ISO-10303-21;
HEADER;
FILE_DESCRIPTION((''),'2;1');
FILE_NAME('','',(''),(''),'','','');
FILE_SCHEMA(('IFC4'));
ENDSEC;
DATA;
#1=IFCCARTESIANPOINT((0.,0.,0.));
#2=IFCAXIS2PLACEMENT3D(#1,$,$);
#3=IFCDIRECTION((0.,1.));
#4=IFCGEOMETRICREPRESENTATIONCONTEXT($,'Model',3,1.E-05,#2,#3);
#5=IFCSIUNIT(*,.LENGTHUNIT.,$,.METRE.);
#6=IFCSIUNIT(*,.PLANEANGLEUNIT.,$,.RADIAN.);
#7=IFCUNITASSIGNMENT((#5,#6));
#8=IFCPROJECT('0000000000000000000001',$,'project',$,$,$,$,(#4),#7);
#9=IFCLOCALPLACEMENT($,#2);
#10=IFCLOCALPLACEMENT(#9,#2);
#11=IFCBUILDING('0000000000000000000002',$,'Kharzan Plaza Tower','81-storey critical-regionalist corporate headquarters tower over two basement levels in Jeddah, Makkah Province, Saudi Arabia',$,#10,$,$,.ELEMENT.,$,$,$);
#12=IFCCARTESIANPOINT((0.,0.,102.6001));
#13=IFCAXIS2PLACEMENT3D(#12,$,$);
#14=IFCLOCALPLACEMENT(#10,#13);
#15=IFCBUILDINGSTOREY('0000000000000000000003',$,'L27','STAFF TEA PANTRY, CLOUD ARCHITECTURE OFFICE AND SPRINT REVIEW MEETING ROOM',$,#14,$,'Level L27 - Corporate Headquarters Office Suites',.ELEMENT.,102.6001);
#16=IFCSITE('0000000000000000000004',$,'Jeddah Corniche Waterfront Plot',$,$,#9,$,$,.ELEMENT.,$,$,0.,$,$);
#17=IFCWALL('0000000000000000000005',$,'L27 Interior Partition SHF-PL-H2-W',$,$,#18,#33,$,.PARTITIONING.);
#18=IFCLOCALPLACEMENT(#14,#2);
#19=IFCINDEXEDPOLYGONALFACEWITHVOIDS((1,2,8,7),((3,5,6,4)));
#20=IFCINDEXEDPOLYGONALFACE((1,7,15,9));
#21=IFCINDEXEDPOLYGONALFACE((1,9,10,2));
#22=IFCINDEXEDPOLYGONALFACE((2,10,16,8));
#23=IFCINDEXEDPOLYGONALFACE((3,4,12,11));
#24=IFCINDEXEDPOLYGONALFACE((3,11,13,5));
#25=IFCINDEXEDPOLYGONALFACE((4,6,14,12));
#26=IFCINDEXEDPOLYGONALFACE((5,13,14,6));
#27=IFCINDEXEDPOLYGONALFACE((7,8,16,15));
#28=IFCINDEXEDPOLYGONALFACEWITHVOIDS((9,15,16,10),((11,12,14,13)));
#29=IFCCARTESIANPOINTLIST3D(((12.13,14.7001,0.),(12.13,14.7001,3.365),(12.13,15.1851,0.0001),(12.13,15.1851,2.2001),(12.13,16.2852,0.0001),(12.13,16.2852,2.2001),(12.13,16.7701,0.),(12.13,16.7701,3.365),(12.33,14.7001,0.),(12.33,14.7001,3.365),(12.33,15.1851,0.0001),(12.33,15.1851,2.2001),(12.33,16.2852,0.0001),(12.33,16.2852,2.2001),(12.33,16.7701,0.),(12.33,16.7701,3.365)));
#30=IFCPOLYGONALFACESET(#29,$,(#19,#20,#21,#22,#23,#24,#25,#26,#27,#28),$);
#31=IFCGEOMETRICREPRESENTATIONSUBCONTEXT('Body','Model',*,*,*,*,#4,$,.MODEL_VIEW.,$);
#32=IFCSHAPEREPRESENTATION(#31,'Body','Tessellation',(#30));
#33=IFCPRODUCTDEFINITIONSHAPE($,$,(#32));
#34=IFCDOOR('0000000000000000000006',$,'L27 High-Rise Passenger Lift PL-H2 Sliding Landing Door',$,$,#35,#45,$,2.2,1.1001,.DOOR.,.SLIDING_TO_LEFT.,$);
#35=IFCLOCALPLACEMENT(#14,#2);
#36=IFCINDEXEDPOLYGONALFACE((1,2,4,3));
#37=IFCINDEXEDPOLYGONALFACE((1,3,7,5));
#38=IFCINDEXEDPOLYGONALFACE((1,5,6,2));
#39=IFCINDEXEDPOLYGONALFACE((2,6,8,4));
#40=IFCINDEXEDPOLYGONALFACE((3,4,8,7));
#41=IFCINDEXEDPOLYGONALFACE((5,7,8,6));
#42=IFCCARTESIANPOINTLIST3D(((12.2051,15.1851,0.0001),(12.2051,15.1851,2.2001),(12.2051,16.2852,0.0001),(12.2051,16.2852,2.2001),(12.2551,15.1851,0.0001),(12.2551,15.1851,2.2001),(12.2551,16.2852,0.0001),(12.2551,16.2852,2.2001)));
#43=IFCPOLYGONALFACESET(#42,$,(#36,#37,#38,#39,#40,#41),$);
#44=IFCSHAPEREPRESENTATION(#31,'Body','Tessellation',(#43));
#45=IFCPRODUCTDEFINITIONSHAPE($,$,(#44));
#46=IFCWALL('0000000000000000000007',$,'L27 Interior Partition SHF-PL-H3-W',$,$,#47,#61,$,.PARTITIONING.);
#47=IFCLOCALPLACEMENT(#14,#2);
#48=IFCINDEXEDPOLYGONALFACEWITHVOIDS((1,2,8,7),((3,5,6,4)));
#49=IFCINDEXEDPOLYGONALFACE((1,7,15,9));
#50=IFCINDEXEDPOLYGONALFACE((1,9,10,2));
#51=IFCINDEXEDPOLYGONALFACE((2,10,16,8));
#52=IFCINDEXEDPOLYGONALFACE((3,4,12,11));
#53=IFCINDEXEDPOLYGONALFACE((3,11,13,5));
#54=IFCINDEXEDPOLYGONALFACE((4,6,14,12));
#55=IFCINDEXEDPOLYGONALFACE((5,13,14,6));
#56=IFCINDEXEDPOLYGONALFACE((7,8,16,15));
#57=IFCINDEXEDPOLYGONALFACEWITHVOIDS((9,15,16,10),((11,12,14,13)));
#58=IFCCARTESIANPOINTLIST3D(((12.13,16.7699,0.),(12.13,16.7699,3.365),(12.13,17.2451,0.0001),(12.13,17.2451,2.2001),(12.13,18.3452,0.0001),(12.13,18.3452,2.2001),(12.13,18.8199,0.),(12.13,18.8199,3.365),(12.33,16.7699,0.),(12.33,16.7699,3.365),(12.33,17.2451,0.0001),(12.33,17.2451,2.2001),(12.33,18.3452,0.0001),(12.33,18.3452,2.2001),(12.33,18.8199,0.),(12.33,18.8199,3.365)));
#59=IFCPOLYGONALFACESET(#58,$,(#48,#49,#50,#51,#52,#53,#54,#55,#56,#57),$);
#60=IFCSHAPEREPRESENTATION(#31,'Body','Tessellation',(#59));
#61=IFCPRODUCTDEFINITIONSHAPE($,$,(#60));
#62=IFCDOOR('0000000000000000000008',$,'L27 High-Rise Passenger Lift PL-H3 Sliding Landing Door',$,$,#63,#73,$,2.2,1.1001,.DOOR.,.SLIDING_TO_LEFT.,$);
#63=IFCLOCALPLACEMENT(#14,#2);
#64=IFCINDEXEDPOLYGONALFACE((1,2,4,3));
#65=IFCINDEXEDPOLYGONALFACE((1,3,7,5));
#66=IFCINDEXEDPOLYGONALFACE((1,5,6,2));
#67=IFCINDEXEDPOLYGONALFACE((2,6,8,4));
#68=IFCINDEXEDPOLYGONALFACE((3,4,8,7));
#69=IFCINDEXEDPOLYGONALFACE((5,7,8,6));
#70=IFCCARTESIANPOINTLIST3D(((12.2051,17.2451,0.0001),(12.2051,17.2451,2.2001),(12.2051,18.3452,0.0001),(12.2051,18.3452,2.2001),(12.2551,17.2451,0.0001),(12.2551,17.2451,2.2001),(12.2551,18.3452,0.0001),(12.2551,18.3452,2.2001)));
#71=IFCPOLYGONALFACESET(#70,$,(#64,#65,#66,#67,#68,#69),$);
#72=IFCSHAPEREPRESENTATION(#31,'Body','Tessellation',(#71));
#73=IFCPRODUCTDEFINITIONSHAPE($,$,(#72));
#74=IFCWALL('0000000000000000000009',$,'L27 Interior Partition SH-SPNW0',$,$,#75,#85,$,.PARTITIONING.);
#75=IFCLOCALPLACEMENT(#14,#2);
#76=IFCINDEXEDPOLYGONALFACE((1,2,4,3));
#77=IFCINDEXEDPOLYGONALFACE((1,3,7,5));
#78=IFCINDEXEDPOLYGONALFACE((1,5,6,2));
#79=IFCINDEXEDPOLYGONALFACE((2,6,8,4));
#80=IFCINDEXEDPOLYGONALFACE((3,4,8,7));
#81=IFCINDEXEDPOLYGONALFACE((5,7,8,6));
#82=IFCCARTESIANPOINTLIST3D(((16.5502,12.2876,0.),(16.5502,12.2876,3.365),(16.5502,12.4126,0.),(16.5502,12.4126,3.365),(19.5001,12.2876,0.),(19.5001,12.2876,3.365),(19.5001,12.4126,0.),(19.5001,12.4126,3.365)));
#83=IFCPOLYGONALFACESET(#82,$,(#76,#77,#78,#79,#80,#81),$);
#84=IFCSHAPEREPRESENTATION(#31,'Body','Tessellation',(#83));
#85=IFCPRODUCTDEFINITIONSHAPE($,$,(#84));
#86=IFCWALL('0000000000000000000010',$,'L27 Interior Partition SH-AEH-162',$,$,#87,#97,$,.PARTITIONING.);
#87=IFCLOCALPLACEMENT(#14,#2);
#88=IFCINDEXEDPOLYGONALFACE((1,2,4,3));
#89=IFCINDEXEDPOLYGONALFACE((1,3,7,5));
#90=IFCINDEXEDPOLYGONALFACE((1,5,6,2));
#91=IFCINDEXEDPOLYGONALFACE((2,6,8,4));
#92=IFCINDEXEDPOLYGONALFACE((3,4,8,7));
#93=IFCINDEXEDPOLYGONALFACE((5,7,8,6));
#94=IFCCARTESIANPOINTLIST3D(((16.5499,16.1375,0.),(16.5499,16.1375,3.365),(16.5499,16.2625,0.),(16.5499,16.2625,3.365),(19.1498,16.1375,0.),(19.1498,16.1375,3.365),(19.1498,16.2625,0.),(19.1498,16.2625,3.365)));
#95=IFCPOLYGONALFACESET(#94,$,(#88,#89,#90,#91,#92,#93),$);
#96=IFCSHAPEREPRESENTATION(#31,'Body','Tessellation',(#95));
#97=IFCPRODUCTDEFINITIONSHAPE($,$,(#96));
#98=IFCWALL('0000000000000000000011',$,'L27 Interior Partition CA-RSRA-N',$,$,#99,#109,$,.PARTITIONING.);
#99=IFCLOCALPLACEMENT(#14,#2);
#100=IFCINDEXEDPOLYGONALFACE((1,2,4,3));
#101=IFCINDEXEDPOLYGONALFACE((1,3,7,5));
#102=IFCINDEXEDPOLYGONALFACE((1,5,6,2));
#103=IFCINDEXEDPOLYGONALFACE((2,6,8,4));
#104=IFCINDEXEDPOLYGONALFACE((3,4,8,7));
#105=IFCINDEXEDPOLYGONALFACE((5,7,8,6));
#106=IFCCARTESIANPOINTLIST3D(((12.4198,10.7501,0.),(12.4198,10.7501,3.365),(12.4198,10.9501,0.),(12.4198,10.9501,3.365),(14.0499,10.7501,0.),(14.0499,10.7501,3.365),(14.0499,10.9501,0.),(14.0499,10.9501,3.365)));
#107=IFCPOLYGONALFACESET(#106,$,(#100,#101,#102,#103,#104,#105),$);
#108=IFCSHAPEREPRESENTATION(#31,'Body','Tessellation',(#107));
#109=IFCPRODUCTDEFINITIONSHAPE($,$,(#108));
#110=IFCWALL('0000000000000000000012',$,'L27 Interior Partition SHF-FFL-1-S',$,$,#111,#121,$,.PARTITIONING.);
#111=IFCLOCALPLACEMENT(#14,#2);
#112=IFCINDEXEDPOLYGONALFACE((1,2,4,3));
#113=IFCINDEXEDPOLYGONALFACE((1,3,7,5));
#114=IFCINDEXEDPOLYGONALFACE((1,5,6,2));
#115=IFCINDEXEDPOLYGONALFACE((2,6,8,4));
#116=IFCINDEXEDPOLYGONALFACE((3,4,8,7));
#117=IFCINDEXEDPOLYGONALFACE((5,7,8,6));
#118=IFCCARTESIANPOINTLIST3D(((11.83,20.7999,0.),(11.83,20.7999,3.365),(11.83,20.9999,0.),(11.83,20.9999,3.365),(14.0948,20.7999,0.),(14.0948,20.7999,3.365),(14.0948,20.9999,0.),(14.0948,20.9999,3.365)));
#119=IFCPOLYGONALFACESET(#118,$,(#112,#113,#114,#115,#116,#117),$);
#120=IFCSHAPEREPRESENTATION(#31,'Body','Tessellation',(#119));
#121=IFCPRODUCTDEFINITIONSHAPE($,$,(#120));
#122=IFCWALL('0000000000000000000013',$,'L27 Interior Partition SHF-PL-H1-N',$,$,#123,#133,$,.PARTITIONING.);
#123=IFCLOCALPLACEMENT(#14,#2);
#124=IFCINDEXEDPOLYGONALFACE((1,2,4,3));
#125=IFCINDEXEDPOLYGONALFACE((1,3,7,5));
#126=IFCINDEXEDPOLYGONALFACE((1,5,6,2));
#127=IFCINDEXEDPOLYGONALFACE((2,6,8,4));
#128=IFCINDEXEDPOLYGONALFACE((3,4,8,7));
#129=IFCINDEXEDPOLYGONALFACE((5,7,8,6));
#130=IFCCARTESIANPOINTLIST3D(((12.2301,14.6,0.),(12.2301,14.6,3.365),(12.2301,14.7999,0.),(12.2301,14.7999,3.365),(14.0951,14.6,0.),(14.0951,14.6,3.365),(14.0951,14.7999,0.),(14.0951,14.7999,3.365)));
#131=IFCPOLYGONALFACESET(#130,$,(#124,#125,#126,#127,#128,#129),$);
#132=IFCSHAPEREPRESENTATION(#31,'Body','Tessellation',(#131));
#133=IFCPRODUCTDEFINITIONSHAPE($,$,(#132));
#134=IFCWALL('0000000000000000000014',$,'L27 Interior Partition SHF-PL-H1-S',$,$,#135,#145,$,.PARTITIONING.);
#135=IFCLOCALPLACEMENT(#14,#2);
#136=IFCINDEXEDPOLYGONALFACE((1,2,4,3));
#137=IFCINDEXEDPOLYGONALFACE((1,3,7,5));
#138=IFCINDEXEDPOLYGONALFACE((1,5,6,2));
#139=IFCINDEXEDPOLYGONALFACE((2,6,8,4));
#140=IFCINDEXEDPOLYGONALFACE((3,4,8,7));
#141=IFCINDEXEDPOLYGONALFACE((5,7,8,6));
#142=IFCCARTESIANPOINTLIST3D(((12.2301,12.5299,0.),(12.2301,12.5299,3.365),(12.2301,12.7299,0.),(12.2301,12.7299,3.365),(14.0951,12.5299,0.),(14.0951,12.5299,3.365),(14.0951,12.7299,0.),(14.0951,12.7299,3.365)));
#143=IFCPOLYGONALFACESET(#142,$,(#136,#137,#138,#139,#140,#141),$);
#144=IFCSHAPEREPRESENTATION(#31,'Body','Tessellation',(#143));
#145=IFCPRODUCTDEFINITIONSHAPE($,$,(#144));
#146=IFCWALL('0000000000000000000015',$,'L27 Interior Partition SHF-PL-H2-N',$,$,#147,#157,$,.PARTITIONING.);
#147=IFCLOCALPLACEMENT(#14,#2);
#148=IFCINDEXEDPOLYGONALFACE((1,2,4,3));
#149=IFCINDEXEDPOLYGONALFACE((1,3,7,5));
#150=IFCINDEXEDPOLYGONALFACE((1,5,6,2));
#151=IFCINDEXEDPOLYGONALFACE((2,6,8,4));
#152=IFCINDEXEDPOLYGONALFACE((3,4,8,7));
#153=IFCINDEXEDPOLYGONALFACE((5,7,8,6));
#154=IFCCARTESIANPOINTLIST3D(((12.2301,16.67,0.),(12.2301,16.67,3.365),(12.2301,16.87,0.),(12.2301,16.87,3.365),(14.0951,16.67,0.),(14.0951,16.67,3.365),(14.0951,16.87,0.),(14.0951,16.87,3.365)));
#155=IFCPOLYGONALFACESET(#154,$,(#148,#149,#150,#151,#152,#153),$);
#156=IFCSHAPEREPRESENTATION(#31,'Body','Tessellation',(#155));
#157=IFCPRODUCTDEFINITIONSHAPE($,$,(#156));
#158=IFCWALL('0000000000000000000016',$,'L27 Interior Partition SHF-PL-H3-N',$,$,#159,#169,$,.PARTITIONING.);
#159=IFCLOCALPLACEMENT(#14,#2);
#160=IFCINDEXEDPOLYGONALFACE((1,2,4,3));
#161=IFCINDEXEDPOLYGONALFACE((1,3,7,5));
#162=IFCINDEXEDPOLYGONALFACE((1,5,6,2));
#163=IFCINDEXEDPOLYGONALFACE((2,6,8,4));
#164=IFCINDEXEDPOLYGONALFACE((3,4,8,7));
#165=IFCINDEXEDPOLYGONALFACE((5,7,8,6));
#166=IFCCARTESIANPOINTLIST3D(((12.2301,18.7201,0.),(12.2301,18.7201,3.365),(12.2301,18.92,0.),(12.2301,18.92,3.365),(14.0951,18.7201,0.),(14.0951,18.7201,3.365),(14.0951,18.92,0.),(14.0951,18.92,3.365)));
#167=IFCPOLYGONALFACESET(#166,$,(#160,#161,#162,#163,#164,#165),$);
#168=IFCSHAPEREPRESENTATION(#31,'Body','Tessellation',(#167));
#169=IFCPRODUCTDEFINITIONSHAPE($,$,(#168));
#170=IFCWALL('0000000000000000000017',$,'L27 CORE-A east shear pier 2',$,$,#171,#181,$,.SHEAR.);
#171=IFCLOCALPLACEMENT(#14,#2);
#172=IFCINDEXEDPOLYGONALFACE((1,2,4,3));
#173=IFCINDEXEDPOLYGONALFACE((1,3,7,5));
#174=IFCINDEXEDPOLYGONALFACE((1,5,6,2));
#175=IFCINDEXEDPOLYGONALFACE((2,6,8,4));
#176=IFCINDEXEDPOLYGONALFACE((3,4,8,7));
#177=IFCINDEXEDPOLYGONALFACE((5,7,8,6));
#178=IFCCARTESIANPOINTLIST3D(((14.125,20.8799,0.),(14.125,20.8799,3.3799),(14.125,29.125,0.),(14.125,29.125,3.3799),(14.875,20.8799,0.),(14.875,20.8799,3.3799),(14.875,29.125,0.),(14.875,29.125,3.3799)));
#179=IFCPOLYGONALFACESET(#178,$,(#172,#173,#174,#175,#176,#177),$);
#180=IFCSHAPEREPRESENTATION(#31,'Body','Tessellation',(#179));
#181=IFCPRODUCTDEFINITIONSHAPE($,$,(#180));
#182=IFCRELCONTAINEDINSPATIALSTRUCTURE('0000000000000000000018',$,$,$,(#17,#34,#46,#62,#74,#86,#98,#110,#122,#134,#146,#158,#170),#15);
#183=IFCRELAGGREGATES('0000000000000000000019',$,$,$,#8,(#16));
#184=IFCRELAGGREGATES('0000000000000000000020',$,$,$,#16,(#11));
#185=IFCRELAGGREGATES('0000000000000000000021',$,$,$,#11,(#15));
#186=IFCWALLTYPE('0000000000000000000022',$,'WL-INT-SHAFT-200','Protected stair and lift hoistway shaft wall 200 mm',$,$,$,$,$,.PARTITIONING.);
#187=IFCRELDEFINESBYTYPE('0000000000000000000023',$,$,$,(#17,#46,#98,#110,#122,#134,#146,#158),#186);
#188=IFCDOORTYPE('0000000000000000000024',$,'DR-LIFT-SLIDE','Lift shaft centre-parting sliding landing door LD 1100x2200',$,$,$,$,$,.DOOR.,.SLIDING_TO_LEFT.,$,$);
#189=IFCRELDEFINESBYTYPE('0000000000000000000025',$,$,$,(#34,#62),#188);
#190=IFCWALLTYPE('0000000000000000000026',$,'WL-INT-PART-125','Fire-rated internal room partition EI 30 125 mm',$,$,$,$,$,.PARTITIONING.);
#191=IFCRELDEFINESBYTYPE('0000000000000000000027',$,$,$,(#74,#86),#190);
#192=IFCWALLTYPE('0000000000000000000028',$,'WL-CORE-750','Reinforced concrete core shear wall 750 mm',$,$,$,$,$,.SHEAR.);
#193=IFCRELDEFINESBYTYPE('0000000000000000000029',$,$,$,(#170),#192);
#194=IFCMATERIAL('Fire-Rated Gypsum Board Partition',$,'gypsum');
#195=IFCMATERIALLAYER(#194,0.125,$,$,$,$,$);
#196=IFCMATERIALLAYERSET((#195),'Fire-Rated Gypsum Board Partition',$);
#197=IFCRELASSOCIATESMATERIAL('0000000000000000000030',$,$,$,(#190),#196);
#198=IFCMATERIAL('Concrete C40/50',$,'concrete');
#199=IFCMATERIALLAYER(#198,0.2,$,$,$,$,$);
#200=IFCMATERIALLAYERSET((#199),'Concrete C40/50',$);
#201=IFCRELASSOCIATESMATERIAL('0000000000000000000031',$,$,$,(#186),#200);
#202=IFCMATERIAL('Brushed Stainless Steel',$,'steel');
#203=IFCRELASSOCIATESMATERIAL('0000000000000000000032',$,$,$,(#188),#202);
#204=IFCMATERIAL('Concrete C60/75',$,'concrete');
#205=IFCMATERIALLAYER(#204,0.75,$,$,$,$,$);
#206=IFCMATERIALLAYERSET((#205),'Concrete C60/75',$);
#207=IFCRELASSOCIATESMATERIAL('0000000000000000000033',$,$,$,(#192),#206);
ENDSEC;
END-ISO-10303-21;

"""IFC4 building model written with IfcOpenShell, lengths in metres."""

from ifc_helpers import new_model, si_unit, direction, frame, frame_2d, origin, place, context, subcontext, project, spatial, rectangle, extrude, source, transform, mapped, material, layer, layer_set, type_object, element, fill, save


model = new_model("IFC4")

# Units and contexts
model_context = context("Model", 3, precision=1e-05, world=origin(), true_north=direction((0.0, 1.0)))
body_context = subcontext(model_context, "Body", "Model", "MODEL_VIEW")
ifc_project = project(units=[si_unit("LENGTHUNIT", "METRE"), si_unit("PLANEANGLEUNIT", "RADIAN")], contexts=[model_context])

# Site, building, storey
site_placement = place(None, origin())
site = spatial("IfcSite", under=ifc_project, at=site_placement, Name="Jeddah Corniche Waterfront Plot", CompositionType="ELEMENT", RefElevation=0.0)
building_placement = place(site_placement, origin())
building = spatial("IfcBuilding", under=site, at=building_placement, Name="Kharzan Plaza Tower", Description="81-storey critical-regionalist corporate headquarters tower over two basement levels in Jeddah, Makkah Province, Saudi Arabia", CompositionType="ELEMENT")
storey_placement = place(building_placement, frame((0.0, 0.0, 102.6001)))
storey = spatial("IfcBuildingStorey", under=building, at=storey_placement, Name="L27", Description="STAFF TEA PANTRY, CLOUD ARCHITECTURE OFFICE AND SPRINT REVIEW MEETING ROOM", LongName="Level L27 - Corporate Headquarters Office Suites", CompositionType="ELEMENT", Elevation=102.6001)

# Shared definitions
ifc_material_1 = material(Name="Concrete C60/75", Category="concrete")

# Walls, openings, doors
ifc_material_2 = material(Name="Fire-Rated Gypsum Board Partition", Category="gypsum")
ifc_layer_1 = layer(ifc_material_2, 0.125)
ifc_layer_set_1 = layer_set([ifc_layer_1], Name="Fire-Rated Gypsum Board Partition")
wall_type_1 = type_object("IfcWallType", Name="WL-INT-PART-125", Description="Fire-rated internal room partition EI 30 125 mm", PredefinedType="PARTITIONING", material=ifc_layer_set_1)
ifc_material_3 = material(Name="Concrete C40/50", Category="concrete")
ifc_layer_2 = layer(ifc_material_3, 0.2)
ifc_layer_set_2 = layer_set([ifc_layer_2], Name="Concrete C40/50")
wall_type_2 = type_object("IfcWallType", Name="WL-INT-SHAFT-200", Description="Protected stair and lift hoistway shaft wall 200 mm", PredefinedType="PARTITIONING", material=ifc_layer_set_2)
ifc_material_4 = material(Name="Brushed Stainless Steel", Category="steel")
door_type_1 = type_object("IfcDoorType", Name="DR-LIFT-SLIDE", Description="Lift shaft centre-parting sliding landing door LD 1100x2200", OperationType="SLIDING_TO_LEFT", PredefinedType="DOOR", material=ifc_material_4)
shared_shape_1 = source(origin(), body_context, "Body", "SweptSolid", [
    extrude(rectangle(XDim=1.1001, YDim=2.2, at=frame_2d((0.55, 1.1001))), frame((0.0, 0.0249, 0.0), z_axis=(0.0, -1.0, 0.0), x_axis=(1.0, 0.0, 0.0)), (0.0, 0.0, 1.0), 0.05),
])
wall_1_placement = place(storey_placement, frame((12.23, 14.7, 0.0), z_axis=(0.0, 0.0, 1.0), x_axis=(0.0, 1.0, 0.0)))
wall_1 = element("IfcWall", 1, at=wall_1_placement, inside=storey, type_object=wall_type_2, Name="L27 Interior Partition SHF-PL-H2-W", PredefinedType="PARTITIONING", context=body_context, shape_type="SweptSolid", body=[
    extrude(rectangle(XDim=2.0701, YDim=0.2, at=frame_2d((1.0352, 0.0))), origin(), (0.0, 0.0, 1.0), 3.365),
])
opening_1_placement = place(wall_1_placement, frame((0.4851, 0.0, 0.0)))
opening_1 = element("IfcOpeningElement", 2, at=opening_1_placement, cuts=wall_1, PredefinedType="OPENING", context=body_context, shape_type="SweptSolid", body=[
    extrude(rectangle(XDim=1.1001, YDim=2.2, at=frame_2d((0.55, 1.1001))), frame((0.0, 0.1099, 0.0), z_axis=(0.0, -1.0, 0.0), x_axis=(1.0, 0.0, 0.0)), (0.0, 0.0, 1.0), 0.22),
])
door_1_placement = place(opening_1_placement, origin())
door_1 = element("IfcDoor", 3, at=door_1_placement, inside=storey, type_object=door_type_1, Name="L27 High-Rise Passenger Lift PL-H2 Sliding Landing Door", OperationType="SLIDING_TO_LEFT", OverallHeight=2.2, OverallWidth=1.1001, PredefinedType="DOOR", context=body_context, shape_type="MappedRepresentation", body=[
    mapped(shared_shape_1, transform((0.0, 0.0, 0.0), x_axis=(1.0, 0.0, 0.0), y_axis=(0.0, 1.0, 0.0), z_axis=(0.0, 0.0, 1.0))),
])
fill(opening_1, door_1)
wall_2_placement = place(storey_placement, frame((12.23, 16.77, 0.0), z_axis=(0.0, 0.0, 1.0), x_axis=(0.0, 1.0, 0.0)))
wall_2 = element("IfcWall", 4, at=wall_2_placement, inside=storey, type_object=wall_type_2, Name="L27 Interior Partition SHF-PL-H3-W", PredefinedType="PARTITIONING", context=body_context, shape_type="SweptSolid", body=[
    extrude(rectangle(XDim=2.05, YDim=0.2, at=frame_2d((1.0249, 0.0))), origin(), (0.0, 0.0, 1.0), 3.365),
])
opening_2_placement = place(wall_2_placement, frame((0.4751, 0.0, 0.0)))
opening_2 = element("IfcOpeningElement", 5, at=opening_2_placement, cuts=wall_2, PredefinedType="OPENING", context=body_context, shape_type="SweptSolid", body=[
    extrude(rectangle(XDim=1.1001, YDim=2.2, at=frame_2d((0.55, 1.1001))), frame((0.0, 0.1099, 0.0), z_axis=(0.0, -1.0, 0.0), x_axis=(1.0, 0.0, 0.0)), (0.0, 0.0, 1.0), 0.22),
])
door_2_placement = place(opening_2_placement, origin())
door_2 = element("IfcDoor", 6, at=door_2_placement, inside=storey, type_object=door_type_1, Name="L27 High-Rise Passenger Lift PL-H3 Sliding Landing Door", OperationType="SLIDING_TO_LEFT", OverallHeight=2.2, OverallWidth=1.1001, PredefinedType="DOOR", context=body_context, shape_type="MappedRepresentation", body=[
    mapped(shared_shape_1, transform((0.0, 0.0, 0.0), x_axis=(1.0, 0.0, 0.0), y_axis=(0.0, 1.0, 0.0), z_axis=(0.0, 0.0, 1.0))),
])
fill(opening_2, door_2)

# Walls
shared_shape_2 = source(origin(), body_context, "Body", "SweptSolid", [
    extrude(rectangle(XDim=2.95, YDim=0.125, at=frame_2d((1.4751, 0.0))), origin(), (0.0, 0.0, 1.0), 3.365),
])
wall_3_placement = place(storey_placement, frame((16.55, 12.3501, 0.0), z_axis=(0.0, 0.0, 1.0), x_axis=(1.0, 0.0, 0.0)))
element("IfcWall", 7, at=wall_3_placement, inside=storey, type_object=wall_type_1, Name="L27 Interior Partition SH-SPNW0", PredefinedType="PARTITIONING", context=body_context, shape_type="MappedRepresentation", body=[
    mapped(shared_shape_2, transform((0.0, 0.0, 0.0), x_axis=(1.0, 0.0, 0.0), y_axis=(0.0, 1.0, 0.0), z_axis=(0.0, 0.0, 1.0))),
])
shared_shape_3 = source(origin(), body_context, "Body", "SweptSolid", [
    extrude(rectangle(XDim=2.5999, YDim=0.125, at=frame_2d((1.2998, 0.0))), origin(), (0.0, 0.0, 1.0), 3.365),
])
wall_4_placement = place(storey_placement, frame((16.55, 16.2, 0.0), z_axis=(0.0, 0.0, 1.0), x_axis=(1.0, 0.0, 0.0)))
element("IfcWall", 8, at=wall_4_placement, inside=storey, type_object=wall_type_1, Name="L27 Interior Partition SH-AEH-162", PredefinedType="PARTITIONING", context=body_context, shape_type="MappedRepresentation", body=[
    mapped(shared_shape_3, transform((0.0, 0.0, 0.0), x_axis=(1.0, 0.0, 0.0), y_axis=(0.0, 1.0, 0.0), z_axis=(0.0, 0.0, 1.0))),
])
shared_shape_4 = source(origin(), body_context, "Body", "SweptSolid", [
    extrude(rectangle(XDim=1.6301, YDim=0.2, at=frame_2d((0.8149, 0.0))), origin(), (0.0, 0.0, 1.0), 3.365),
])
wall_5_placement = place(storey_placement, frame((12.4199, 10.8501, 0.0), z_axis=(0.0, 0.0, 1.0), x_axis=(1.0, 0.0, 0.0)))
element("IfcWall", 9, at=wall_5_placement, inside=storey, type_object=wall_type_2, Name="L27 Interior Partition CA-RSRA-N", PredefinedType="PARTITIONING", context=body_context, shape_type="MappedRepresentation", body=[
    mapped(shared_shape_4, transform((0.0, 0.0, 0.0), x_axis=(1.0, 0.0, 0.0), y_axis=(0.0, 1.0, 0.0), z_axis=(0.0, 0.0, 1.0))),
])
shared_shape_5 = source(origin(), body_context, "Body", "SweptSolid", [
    extrude(rectangle(XDim=2.2649, YDim=0.2, at=frame_2d((1.1323, 0.0))), origin(), (0.0, 0.0, 1.0), 3.365),
])
wall_6_placement = place(storey_placement, frame((11.8301, 20.8999, 0.0), z_axis=(0.0, 0.0, 1.0), x_axis=(1.0, 0.0, 0.0)))
element("IfcWall", 10, at=wall_6_placement, inside=storey, type_object=wall_type_2, Name="L27 Interior Partition SHF-FFL-1-S", PredefinedType="PARTITIONING", context=body_context, shape_type="MappedRepresentation", body=[
    mapped(shared_shape_5, transform((0.0, 0.0, 0.0), x_axis=(1.0, 0.0, 0.0), y_axis=(0.0, 1.0, 0.0), z_axis=(0.0, 0.0, 1.0))),
])
shared_shape_6 = source(origin(), body_context, "Body", "SweptSolid", [
    extrude(rectangle(XDim=1.865, YDim=0.2, at=frame_2d((0.9326, 0.0))), origin(), (0.0, 0.0, 1.0), 3.365),
])
for number, where, z_axis, x_axis, name in (
    (11, (12.23, 14.7, 0.0), (0.0, 0.0, 1.0), (1.0, 0.0, 0.0), "L27 Interior Partition SHF-PL-H1-N"),
    (12, (12.23, 12.6299, 0.0), (0.0, 0.0, 1.0), (1.0, 0.0, 0.0), "L27 Interior Partition SHF-PL-H1-S"),
    (13, (12.23, 16.77, 0.0), (0.0, 0.0, 1.0), (1.0, 0.0, 0.0), "L27 Interior Partition SHF-PL-H2-N"),
    (14, (12.23, 18.8201, 0.0), (0.0, 0.0, 1.0), (1.0, 0.0, 0.0), "L27 Interior Partition SHF-PL-H3-N"),
):
    element("IfcWall", number, at=place(storey_placement, frame(where, z_axis=z_axis, x_axis=x_axis)), inside=storey, type_object=wall_type_2, Name=name, PredefinedType="PARTITIONING", context=body_context, shape_type="MappedRepresentation", body=[
        mapped(shared_shape_6, transform((0.0, 0.0, 0.0), x_axis=(1.0, 0.0, 0.0), y_axis=(0.0, 1.0, 0.0), z_axis=(0.0, 0.0, 1.0))),
    ])
ifc_layer_3 = layer(ifc_material_1, 0.75)
ifc_layer_set_3 = layer_set([ifc_layer_3], Name="Concrete C60/75")
wall_type_3 = type_object("IfcWallType", Name="WL-CORE-750", Description="Reinforced concrete core shear wall 750 mm", PredefinedType="SHEAR", material=ifc_layer_set_3)
shared_shape_7 = source(origin(), body_context, "Body", "SweptSolid", [
    extrude(rectangle(XDim=8.2451, YDim=0.75, at=frame_2d((4.1226, 0.0))), origin(), (0.0, 0.0, 1.0), 3.3799),
])
wall_7_placement = place(storey_placement, frame((14.5, 20.8799, 0.0), z_axis=(0.0, 0.0, 1.0), x_axis=(0.0, 1.0, 0.0)))
element("IfcWall", 15, at=wall_7_placement, inside=storey, type_object=wall_type_3, Name="L27 CORE-A east shear pier 2", PredefinedType="SHEAR", context=body_context, shape_type="MappedRepresentation", body=[
    mapped(shared_shape_7, transform((0.0, 0.0, 0.0), x_axis=(1.0, 0.0, 0.0), y_axis=(0.0, 1.0, 0.0), z_axis=(0.0, 0.0, 1.0))),
])

save(model, "model.ifc")
